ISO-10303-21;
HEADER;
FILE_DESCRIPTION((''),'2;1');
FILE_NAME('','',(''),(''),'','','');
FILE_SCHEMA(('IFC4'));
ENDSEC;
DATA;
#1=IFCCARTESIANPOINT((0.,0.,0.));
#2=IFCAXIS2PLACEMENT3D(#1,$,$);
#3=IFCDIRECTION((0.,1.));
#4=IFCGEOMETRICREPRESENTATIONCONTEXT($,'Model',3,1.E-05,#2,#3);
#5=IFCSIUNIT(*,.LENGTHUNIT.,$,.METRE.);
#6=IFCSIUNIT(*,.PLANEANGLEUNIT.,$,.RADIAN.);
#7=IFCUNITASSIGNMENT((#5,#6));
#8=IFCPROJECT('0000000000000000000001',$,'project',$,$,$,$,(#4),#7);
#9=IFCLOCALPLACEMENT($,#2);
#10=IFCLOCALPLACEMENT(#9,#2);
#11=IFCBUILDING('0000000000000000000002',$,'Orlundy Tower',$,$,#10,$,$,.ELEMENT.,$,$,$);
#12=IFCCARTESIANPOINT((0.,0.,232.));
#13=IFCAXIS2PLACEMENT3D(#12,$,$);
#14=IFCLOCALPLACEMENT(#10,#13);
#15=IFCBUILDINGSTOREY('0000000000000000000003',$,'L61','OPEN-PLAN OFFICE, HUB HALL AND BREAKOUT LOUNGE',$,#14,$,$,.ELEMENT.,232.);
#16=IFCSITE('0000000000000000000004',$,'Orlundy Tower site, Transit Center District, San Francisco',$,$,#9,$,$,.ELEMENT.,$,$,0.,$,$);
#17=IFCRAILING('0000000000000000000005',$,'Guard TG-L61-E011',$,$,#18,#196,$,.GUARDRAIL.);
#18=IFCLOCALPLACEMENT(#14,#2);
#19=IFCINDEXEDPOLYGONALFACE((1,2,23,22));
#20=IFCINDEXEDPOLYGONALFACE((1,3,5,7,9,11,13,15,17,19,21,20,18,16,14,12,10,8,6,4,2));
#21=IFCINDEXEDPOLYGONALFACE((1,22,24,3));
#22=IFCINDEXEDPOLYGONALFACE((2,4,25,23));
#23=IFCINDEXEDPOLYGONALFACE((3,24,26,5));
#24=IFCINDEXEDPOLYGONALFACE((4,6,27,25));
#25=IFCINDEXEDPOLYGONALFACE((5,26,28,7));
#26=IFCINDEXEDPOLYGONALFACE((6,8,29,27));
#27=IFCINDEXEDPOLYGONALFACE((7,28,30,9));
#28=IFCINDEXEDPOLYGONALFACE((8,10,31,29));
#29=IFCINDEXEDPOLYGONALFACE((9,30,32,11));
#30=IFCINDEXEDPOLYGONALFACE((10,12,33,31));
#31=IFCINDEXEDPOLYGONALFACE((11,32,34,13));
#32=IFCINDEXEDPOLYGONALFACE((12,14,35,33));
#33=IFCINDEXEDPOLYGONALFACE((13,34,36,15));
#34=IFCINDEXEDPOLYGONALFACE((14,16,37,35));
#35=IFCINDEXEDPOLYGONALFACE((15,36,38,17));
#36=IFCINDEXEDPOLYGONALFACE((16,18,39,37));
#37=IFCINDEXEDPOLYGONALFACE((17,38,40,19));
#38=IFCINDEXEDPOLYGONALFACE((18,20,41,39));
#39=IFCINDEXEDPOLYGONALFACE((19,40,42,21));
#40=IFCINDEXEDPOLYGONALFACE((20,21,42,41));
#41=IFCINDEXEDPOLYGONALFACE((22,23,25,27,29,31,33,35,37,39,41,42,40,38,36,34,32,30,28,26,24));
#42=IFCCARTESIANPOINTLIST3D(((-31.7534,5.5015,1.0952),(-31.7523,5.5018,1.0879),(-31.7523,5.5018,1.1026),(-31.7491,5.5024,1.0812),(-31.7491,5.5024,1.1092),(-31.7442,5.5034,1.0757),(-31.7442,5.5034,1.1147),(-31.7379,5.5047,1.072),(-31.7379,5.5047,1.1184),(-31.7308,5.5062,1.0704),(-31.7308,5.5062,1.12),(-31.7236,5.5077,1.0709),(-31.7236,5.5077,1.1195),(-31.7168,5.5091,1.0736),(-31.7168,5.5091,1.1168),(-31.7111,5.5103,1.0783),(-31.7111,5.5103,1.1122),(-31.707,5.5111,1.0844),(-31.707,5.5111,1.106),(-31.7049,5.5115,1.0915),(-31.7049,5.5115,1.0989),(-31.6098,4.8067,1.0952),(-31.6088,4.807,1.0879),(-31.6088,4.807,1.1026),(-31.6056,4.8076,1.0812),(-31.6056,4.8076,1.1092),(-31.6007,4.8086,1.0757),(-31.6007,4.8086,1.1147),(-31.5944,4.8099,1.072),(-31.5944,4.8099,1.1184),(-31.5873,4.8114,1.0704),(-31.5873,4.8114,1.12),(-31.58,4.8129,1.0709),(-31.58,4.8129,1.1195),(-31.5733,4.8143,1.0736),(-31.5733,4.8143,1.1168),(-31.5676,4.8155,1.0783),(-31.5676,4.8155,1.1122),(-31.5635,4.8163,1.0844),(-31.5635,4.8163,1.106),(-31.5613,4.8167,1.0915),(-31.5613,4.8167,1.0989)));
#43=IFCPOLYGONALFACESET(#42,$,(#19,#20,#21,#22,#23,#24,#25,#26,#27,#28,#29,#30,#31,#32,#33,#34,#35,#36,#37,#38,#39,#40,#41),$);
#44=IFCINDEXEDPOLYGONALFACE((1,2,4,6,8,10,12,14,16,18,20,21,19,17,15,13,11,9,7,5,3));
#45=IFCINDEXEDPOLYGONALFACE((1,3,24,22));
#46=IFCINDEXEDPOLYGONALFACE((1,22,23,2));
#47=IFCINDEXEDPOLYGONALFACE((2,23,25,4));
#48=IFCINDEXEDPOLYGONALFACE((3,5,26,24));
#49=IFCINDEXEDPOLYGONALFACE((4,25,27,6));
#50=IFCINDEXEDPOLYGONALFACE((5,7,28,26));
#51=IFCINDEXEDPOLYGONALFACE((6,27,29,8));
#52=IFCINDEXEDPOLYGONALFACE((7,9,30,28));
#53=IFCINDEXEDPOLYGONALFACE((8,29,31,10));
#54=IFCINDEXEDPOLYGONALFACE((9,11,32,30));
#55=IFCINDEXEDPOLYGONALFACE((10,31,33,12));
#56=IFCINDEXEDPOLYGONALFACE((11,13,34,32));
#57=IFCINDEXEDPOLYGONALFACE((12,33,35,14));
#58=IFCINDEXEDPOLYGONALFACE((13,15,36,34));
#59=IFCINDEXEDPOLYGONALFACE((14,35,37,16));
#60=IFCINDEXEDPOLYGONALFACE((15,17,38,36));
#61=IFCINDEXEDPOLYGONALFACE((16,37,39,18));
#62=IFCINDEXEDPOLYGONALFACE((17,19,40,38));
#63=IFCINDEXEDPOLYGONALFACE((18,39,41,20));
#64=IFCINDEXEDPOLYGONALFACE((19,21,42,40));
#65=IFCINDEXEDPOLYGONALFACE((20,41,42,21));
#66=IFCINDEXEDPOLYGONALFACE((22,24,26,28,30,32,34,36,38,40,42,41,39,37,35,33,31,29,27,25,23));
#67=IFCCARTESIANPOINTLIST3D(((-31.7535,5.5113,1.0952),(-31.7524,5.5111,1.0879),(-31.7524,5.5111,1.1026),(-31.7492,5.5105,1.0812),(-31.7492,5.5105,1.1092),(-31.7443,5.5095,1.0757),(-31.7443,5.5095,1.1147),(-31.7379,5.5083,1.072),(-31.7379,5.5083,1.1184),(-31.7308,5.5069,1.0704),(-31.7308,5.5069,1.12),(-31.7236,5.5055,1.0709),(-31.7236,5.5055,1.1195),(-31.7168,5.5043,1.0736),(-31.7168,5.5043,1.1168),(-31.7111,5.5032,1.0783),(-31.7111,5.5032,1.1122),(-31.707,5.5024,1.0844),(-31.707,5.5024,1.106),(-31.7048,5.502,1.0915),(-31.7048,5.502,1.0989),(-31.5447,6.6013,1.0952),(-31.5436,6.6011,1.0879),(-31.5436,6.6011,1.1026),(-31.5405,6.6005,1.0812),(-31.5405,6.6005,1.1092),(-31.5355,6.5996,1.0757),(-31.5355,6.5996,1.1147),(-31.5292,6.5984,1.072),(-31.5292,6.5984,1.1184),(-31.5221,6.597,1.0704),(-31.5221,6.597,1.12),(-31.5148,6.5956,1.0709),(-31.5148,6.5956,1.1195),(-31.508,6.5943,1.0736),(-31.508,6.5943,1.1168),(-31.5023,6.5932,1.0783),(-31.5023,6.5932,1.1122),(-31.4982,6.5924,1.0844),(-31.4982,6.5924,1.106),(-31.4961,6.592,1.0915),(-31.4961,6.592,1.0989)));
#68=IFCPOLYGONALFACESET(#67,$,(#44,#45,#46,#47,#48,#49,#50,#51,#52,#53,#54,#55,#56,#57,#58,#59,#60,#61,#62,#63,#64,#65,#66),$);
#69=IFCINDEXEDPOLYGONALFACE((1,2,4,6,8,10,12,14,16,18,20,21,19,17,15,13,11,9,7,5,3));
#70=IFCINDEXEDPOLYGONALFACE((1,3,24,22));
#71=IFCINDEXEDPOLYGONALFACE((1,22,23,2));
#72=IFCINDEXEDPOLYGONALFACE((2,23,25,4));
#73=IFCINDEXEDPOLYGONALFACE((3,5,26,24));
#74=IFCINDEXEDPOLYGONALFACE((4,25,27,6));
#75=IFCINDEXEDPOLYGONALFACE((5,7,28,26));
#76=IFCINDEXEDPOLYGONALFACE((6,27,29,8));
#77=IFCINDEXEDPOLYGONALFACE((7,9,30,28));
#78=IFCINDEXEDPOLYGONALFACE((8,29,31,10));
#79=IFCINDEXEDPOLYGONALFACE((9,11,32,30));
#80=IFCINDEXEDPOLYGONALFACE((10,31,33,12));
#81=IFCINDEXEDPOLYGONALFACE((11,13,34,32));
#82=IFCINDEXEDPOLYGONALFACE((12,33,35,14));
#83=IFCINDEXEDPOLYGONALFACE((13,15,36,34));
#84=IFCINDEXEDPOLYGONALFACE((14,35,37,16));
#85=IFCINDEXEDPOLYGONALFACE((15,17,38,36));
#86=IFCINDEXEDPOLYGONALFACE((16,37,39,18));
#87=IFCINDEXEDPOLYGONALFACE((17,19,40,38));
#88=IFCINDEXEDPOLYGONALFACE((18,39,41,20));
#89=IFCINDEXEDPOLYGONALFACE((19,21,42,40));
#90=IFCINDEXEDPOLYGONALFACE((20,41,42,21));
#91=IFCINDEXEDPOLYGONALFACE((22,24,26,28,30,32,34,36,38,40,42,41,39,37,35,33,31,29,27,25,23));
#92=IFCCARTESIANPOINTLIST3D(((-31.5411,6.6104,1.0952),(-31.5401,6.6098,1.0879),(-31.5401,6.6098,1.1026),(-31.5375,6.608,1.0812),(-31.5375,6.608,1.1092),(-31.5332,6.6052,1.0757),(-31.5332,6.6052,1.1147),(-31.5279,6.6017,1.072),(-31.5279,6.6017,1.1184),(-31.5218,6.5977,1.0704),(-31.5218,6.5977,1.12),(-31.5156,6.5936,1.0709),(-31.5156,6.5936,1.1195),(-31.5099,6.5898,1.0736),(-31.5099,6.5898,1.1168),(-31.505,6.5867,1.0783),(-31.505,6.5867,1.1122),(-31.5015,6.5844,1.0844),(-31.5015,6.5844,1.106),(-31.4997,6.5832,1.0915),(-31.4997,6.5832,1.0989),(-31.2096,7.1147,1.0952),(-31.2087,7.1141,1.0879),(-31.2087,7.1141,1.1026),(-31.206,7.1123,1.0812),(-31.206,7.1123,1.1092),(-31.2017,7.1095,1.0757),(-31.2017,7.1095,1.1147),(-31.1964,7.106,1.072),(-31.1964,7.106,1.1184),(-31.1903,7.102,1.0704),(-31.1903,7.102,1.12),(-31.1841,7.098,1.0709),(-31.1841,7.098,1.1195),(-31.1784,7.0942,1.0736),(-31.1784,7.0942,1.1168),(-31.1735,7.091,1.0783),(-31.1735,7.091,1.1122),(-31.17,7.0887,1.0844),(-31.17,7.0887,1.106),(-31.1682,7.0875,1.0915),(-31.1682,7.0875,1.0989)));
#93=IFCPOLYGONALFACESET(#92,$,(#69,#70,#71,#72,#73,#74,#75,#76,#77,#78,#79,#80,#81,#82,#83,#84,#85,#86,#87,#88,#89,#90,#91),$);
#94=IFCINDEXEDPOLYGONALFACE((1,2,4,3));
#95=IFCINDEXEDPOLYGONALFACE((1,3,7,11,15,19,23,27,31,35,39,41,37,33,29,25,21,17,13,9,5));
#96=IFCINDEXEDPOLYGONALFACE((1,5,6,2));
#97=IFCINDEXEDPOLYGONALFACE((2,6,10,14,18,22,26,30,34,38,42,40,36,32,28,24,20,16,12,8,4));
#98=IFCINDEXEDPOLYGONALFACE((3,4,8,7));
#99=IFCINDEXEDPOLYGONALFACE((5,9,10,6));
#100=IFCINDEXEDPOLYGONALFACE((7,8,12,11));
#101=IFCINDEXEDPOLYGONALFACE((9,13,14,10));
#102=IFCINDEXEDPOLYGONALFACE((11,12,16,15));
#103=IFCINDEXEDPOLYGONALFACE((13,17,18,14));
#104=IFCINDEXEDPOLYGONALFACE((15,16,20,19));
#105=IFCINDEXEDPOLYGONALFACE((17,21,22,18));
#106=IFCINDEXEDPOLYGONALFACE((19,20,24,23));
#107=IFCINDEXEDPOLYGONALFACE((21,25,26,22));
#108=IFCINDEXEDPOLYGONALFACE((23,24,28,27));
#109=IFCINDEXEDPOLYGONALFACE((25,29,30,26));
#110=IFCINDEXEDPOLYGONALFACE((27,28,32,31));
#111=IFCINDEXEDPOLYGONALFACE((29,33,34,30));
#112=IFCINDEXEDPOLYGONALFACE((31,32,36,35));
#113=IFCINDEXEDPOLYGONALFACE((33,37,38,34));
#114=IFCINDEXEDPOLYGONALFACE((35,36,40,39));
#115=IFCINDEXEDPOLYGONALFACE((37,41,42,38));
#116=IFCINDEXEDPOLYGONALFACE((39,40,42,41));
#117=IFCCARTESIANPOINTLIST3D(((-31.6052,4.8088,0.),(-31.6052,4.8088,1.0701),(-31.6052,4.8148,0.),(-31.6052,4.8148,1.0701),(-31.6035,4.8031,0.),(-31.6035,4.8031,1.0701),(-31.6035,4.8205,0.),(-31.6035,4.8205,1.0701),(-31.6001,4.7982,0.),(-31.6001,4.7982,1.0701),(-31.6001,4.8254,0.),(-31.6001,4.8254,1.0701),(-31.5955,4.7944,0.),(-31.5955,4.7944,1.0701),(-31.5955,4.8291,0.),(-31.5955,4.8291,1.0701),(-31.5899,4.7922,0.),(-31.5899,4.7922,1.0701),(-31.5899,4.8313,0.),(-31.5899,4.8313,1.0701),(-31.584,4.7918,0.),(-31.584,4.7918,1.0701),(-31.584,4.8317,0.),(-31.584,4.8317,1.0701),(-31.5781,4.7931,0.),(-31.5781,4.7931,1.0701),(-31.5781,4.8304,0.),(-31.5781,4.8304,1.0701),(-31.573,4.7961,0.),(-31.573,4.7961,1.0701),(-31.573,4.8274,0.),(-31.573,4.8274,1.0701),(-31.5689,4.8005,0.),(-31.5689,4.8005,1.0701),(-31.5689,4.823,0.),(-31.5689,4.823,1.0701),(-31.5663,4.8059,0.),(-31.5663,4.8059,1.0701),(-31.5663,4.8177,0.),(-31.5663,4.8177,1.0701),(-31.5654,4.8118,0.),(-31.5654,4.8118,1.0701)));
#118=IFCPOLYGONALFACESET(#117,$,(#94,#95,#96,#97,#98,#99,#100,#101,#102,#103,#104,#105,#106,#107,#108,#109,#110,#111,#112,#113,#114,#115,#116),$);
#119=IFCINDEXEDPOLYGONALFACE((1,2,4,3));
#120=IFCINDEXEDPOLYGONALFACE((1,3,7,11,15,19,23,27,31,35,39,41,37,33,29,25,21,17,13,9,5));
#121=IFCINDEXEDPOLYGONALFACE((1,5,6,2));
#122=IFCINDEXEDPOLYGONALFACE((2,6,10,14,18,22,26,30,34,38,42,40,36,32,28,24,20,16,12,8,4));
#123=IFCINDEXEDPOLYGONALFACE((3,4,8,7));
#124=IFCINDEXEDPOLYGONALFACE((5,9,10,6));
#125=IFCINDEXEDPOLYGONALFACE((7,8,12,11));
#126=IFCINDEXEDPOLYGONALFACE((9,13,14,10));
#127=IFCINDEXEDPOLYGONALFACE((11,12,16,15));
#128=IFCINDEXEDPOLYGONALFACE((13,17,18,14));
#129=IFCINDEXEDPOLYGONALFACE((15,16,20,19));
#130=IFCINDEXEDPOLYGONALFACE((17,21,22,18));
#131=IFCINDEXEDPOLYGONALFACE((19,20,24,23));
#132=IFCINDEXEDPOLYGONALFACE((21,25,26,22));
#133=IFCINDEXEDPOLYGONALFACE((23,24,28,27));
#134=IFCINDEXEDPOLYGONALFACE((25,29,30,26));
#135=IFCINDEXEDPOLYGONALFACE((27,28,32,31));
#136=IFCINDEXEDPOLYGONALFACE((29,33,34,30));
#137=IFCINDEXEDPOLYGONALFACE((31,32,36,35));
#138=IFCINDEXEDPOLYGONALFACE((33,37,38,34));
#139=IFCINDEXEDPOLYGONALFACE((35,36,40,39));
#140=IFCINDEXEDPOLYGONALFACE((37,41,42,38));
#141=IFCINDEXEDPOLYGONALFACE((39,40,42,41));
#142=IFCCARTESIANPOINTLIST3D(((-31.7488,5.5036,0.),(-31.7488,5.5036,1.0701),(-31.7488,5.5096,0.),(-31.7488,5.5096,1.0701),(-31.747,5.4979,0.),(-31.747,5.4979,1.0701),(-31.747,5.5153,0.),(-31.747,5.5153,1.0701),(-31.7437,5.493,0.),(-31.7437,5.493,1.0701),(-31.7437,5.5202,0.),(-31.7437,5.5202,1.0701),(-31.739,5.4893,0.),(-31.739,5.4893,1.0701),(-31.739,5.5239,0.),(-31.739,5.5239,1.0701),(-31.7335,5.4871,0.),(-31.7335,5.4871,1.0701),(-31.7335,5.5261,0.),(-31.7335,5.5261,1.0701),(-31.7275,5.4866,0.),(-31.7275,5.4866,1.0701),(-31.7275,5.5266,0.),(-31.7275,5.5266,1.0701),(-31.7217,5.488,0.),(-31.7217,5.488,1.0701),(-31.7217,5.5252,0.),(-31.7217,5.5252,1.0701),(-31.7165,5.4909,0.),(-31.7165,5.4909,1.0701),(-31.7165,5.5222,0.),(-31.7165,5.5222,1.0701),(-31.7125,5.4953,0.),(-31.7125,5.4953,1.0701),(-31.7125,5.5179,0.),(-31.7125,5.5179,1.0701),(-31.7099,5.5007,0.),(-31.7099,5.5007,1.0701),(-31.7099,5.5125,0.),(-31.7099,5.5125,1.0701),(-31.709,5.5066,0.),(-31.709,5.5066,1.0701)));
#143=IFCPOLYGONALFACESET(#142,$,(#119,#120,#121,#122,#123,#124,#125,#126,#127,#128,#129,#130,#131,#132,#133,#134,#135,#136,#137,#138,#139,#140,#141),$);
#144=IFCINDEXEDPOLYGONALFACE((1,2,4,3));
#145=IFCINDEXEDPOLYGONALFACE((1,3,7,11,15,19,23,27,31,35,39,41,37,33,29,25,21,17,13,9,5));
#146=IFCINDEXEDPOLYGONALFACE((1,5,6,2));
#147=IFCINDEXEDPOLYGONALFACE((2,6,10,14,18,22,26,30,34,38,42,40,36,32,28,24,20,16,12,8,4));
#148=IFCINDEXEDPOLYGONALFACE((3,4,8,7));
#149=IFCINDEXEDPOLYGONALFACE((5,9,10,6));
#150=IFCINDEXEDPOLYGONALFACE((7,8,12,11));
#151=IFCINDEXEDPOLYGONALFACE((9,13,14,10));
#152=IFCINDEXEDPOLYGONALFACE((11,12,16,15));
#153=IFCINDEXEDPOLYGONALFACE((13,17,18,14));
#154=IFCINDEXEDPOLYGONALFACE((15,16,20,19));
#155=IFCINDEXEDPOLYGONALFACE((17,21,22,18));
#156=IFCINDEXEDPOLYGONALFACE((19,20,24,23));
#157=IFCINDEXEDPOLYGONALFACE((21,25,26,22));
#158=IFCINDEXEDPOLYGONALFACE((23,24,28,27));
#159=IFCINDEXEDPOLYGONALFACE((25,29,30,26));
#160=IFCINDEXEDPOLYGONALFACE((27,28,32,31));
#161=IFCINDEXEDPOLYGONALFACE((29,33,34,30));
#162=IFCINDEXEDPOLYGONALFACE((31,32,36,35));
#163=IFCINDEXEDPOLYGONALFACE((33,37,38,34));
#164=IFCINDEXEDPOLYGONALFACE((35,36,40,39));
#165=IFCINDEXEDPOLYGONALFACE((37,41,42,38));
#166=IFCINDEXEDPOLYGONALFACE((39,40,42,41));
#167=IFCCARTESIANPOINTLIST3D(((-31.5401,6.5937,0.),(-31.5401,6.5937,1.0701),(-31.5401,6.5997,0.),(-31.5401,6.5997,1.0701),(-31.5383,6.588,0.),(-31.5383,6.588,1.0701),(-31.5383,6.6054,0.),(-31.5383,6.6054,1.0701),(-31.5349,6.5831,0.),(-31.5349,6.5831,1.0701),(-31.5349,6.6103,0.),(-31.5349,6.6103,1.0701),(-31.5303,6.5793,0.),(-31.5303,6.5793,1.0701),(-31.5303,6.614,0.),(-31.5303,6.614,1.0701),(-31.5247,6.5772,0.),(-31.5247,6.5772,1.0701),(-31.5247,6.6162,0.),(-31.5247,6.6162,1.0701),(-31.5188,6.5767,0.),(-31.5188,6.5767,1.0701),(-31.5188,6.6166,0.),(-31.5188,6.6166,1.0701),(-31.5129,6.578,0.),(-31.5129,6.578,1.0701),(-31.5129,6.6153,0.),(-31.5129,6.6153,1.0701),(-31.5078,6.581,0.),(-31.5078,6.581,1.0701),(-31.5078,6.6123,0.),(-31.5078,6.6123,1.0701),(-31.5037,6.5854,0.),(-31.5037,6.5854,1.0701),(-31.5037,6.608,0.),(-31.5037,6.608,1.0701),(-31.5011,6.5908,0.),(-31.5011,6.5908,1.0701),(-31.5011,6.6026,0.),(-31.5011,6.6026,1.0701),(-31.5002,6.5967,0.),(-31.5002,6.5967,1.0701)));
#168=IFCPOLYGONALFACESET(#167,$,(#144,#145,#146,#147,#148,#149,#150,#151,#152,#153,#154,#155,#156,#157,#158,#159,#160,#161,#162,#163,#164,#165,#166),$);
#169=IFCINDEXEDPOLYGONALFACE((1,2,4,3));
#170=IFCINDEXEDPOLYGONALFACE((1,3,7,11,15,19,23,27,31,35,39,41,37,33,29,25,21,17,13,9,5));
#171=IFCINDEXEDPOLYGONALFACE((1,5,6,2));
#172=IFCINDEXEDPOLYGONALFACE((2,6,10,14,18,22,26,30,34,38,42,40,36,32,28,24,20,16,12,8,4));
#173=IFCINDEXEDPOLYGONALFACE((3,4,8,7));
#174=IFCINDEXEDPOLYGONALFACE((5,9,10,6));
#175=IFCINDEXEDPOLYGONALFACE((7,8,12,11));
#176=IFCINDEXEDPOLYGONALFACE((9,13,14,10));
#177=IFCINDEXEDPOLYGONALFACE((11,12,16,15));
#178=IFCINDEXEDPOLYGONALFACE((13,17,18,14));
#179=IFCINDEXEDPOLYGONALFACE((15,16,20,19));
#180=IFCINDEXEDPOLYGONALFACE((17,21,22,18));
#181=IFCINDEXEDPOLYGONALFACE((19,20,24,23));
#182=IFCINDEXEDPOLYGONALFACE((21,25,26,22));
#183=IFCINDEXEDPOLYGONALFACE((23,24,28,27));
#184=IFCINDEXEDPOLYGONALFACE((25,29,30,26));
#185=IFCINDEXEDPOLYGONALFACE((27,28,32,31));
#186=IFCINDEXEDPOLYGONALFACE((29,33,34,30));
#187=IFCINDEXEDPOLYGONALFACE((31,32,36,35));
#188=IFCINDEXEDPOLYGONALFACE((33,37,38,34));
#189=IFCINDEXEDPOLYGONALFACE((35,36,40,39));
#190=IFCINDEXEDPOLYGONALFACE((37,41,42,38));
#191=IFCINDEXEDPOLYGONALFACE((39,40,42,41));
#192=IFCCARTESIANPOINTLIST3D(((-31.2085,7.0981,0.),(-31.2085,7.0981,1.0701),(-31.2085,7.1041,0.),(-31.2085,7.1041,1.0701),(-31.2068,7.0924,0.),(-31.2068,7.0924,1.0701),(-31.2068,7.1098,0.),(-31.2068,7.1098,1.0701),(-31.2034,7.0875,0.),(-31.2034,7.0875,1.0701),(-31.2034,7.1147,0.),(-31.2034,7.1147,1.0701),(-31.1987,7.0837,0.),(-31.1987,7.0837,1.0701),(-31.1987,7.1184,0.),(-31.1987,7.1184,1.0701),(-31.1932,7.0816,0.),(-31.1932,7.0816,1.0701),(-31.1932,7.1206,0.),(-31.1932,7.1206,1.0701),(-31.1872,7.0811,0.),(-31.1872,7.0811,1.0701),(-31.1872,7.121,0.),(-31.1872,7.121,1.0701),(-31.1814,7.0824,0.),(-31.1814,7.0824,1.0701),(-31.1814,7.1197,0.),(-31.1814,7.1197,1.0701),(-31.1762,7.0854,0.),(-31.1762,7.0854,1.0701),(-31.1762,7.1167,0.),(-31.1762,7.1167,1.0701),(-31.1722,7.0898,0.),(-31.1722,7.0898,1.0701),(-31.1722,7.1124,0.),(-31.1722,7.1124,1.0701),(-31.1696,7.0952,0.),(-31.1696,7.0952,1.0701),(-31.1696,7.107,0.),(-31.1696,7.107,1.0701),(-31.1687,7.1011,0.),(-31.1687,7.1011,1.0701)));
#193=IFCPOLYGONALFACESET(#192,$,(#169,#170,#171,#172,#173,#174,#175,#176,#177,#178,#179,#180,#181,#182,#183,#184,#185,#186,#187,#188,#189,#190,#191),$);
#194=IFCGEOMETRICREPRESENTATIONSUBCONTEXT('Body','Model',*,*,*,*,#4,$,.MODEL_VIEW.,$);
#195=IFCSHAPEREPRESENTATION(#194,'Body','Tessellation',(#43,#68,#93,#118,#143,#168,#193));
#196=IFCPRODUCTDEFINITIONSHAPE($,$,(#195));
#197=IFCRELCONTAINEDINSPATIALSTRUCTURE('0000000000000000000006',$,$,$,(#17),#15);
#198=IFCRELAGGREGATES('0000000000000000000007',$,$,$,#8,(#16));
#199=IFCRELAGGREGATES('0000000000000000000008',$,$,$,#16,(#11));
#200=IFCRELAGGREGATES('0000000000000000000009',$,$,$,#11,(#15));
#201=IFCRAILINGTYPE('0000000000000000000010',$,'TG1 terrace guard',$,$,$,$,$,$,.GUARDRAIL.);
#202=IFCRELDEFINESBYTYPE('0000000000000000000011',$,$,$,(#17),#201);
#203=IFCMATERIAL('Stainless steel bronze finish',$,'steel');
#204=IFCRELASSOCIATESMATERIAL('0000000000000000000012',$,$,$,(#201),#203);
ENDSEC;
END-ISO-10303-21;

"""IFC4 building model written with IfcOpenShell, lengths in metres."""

from ifc_helpers import new_model, si_unit, direction, frame, origin, origin_2d, place, context, subcontext, project, spatial, circle, extrude, material, type_object, element, save


model = new_model("IFC4")

# Units and contexts
model_context = context("Model", 3, precision=1e-05, world=origin(), true_north=direction((0.0, 1.0)))
body_context = subcontext(model_context, "Body", "Model", "MODEL_VIEW")
ifc_project = project(units=[si_unit("LENGTHUNIT", "METRE"), si_unit("PLANEANGLEUNIT", "RADIAN")], contexts=[model_context])

# Site, building, storey
site_placement = place(None, origin())
site = spatial("IfcSite", under=ifc_project, at=site_placement, Name="Orlundy Tower site, Transit Center District, San Francisco", CompositionType="ELEMENT", RefElevation=0.0)
building_placement = place(site_placement, origin())
building = spatial("IfcBuilding", under=site, at=building_placement, Name="Orlundy Tower", CompositionType="ELEMENT")
storey_placement = place(building_placement, frame((0.0, 0.0, 232.0)))
storey = spatial("IfcBuildingStorey", under=building, at=storey_placement, Name="L61", Description="OPEN-PLAN OFFICE, HUB HALL AND BREAKOUT LOUNGE", CompositionType="ELEMENT", Elevation=232.0)

# Railing
ifc_material_1 = material(Name="Stainless steel bronze finish", Category="steel")
railing_type_1 = type_object("IfcRailingType", Name="TG1 terrace guard", PredefinedType="GUARDRAIL", material=ifc_material_1)
railing_1_placement = place(storey_placement, frame((-31.5854, 4.8118, 0.0)))
element("IfcRailing", 1, at=railing_1_placement, inside=storey, type_object=railing_type_1, Name="Guard TG-L61-E011", PredefinedType="GUARDRAIL", context=body_context, shape_type="SweptSolid", body=[
    extrude(circle(Radius=0.0249, at=origin_2d()), frame((0.0, 0.0, 1.0952), z_axis=(-0.202333, 0.979317, 0.0), x_axis=(-0.979317, -0.202333, 0.0)), (0.0, 0.0, 1.0), 0.7095),
    extrude(circle(Radius=0.0249, at=origin_2d()), frame((-0.1436, 0.6948, 1.0952), z_axis=(0.188072, 0.982155, 0.0), x_axis=(-0.982155, 0.188072, 0.0)), (0.0, 0.0, 1.0), 1.1099),
    extrude(circle(Radius=0.0249, at=origin_2d()), frame((0.0652, 1.7849, 1.0952), z_axis=(0.549275, 0.835642, 0.0), x_axis=(-0.835642, 0.549275, 0.0)), (0.0, 0.0, 1.0), 0.6035),
    extrude(circle(Radius=0.02, at=origin_2d()), origin(), (0.0, 0.0, 1.0), 1.0701),
    extrude(circle(Radius=0.02, at=origin_2d()), frame((-0.1436, 0.6948, 0.0)), (0.0, 0.0, 1.0), 1.0701),
    extrude(circle(Radius=0.02, at=origin_2d()), frame((0.0652, 1.7849, 0.0)), (0.0, 0.0, 1.0), 1.0701),
    extrude(circle(Radius=0.02, at=origin_2d()), frame((0.3967, 2.2893, 0.0)), (0.0, 0.0, 1.0), 1.0701),
])

save(model, "model.ifc")
